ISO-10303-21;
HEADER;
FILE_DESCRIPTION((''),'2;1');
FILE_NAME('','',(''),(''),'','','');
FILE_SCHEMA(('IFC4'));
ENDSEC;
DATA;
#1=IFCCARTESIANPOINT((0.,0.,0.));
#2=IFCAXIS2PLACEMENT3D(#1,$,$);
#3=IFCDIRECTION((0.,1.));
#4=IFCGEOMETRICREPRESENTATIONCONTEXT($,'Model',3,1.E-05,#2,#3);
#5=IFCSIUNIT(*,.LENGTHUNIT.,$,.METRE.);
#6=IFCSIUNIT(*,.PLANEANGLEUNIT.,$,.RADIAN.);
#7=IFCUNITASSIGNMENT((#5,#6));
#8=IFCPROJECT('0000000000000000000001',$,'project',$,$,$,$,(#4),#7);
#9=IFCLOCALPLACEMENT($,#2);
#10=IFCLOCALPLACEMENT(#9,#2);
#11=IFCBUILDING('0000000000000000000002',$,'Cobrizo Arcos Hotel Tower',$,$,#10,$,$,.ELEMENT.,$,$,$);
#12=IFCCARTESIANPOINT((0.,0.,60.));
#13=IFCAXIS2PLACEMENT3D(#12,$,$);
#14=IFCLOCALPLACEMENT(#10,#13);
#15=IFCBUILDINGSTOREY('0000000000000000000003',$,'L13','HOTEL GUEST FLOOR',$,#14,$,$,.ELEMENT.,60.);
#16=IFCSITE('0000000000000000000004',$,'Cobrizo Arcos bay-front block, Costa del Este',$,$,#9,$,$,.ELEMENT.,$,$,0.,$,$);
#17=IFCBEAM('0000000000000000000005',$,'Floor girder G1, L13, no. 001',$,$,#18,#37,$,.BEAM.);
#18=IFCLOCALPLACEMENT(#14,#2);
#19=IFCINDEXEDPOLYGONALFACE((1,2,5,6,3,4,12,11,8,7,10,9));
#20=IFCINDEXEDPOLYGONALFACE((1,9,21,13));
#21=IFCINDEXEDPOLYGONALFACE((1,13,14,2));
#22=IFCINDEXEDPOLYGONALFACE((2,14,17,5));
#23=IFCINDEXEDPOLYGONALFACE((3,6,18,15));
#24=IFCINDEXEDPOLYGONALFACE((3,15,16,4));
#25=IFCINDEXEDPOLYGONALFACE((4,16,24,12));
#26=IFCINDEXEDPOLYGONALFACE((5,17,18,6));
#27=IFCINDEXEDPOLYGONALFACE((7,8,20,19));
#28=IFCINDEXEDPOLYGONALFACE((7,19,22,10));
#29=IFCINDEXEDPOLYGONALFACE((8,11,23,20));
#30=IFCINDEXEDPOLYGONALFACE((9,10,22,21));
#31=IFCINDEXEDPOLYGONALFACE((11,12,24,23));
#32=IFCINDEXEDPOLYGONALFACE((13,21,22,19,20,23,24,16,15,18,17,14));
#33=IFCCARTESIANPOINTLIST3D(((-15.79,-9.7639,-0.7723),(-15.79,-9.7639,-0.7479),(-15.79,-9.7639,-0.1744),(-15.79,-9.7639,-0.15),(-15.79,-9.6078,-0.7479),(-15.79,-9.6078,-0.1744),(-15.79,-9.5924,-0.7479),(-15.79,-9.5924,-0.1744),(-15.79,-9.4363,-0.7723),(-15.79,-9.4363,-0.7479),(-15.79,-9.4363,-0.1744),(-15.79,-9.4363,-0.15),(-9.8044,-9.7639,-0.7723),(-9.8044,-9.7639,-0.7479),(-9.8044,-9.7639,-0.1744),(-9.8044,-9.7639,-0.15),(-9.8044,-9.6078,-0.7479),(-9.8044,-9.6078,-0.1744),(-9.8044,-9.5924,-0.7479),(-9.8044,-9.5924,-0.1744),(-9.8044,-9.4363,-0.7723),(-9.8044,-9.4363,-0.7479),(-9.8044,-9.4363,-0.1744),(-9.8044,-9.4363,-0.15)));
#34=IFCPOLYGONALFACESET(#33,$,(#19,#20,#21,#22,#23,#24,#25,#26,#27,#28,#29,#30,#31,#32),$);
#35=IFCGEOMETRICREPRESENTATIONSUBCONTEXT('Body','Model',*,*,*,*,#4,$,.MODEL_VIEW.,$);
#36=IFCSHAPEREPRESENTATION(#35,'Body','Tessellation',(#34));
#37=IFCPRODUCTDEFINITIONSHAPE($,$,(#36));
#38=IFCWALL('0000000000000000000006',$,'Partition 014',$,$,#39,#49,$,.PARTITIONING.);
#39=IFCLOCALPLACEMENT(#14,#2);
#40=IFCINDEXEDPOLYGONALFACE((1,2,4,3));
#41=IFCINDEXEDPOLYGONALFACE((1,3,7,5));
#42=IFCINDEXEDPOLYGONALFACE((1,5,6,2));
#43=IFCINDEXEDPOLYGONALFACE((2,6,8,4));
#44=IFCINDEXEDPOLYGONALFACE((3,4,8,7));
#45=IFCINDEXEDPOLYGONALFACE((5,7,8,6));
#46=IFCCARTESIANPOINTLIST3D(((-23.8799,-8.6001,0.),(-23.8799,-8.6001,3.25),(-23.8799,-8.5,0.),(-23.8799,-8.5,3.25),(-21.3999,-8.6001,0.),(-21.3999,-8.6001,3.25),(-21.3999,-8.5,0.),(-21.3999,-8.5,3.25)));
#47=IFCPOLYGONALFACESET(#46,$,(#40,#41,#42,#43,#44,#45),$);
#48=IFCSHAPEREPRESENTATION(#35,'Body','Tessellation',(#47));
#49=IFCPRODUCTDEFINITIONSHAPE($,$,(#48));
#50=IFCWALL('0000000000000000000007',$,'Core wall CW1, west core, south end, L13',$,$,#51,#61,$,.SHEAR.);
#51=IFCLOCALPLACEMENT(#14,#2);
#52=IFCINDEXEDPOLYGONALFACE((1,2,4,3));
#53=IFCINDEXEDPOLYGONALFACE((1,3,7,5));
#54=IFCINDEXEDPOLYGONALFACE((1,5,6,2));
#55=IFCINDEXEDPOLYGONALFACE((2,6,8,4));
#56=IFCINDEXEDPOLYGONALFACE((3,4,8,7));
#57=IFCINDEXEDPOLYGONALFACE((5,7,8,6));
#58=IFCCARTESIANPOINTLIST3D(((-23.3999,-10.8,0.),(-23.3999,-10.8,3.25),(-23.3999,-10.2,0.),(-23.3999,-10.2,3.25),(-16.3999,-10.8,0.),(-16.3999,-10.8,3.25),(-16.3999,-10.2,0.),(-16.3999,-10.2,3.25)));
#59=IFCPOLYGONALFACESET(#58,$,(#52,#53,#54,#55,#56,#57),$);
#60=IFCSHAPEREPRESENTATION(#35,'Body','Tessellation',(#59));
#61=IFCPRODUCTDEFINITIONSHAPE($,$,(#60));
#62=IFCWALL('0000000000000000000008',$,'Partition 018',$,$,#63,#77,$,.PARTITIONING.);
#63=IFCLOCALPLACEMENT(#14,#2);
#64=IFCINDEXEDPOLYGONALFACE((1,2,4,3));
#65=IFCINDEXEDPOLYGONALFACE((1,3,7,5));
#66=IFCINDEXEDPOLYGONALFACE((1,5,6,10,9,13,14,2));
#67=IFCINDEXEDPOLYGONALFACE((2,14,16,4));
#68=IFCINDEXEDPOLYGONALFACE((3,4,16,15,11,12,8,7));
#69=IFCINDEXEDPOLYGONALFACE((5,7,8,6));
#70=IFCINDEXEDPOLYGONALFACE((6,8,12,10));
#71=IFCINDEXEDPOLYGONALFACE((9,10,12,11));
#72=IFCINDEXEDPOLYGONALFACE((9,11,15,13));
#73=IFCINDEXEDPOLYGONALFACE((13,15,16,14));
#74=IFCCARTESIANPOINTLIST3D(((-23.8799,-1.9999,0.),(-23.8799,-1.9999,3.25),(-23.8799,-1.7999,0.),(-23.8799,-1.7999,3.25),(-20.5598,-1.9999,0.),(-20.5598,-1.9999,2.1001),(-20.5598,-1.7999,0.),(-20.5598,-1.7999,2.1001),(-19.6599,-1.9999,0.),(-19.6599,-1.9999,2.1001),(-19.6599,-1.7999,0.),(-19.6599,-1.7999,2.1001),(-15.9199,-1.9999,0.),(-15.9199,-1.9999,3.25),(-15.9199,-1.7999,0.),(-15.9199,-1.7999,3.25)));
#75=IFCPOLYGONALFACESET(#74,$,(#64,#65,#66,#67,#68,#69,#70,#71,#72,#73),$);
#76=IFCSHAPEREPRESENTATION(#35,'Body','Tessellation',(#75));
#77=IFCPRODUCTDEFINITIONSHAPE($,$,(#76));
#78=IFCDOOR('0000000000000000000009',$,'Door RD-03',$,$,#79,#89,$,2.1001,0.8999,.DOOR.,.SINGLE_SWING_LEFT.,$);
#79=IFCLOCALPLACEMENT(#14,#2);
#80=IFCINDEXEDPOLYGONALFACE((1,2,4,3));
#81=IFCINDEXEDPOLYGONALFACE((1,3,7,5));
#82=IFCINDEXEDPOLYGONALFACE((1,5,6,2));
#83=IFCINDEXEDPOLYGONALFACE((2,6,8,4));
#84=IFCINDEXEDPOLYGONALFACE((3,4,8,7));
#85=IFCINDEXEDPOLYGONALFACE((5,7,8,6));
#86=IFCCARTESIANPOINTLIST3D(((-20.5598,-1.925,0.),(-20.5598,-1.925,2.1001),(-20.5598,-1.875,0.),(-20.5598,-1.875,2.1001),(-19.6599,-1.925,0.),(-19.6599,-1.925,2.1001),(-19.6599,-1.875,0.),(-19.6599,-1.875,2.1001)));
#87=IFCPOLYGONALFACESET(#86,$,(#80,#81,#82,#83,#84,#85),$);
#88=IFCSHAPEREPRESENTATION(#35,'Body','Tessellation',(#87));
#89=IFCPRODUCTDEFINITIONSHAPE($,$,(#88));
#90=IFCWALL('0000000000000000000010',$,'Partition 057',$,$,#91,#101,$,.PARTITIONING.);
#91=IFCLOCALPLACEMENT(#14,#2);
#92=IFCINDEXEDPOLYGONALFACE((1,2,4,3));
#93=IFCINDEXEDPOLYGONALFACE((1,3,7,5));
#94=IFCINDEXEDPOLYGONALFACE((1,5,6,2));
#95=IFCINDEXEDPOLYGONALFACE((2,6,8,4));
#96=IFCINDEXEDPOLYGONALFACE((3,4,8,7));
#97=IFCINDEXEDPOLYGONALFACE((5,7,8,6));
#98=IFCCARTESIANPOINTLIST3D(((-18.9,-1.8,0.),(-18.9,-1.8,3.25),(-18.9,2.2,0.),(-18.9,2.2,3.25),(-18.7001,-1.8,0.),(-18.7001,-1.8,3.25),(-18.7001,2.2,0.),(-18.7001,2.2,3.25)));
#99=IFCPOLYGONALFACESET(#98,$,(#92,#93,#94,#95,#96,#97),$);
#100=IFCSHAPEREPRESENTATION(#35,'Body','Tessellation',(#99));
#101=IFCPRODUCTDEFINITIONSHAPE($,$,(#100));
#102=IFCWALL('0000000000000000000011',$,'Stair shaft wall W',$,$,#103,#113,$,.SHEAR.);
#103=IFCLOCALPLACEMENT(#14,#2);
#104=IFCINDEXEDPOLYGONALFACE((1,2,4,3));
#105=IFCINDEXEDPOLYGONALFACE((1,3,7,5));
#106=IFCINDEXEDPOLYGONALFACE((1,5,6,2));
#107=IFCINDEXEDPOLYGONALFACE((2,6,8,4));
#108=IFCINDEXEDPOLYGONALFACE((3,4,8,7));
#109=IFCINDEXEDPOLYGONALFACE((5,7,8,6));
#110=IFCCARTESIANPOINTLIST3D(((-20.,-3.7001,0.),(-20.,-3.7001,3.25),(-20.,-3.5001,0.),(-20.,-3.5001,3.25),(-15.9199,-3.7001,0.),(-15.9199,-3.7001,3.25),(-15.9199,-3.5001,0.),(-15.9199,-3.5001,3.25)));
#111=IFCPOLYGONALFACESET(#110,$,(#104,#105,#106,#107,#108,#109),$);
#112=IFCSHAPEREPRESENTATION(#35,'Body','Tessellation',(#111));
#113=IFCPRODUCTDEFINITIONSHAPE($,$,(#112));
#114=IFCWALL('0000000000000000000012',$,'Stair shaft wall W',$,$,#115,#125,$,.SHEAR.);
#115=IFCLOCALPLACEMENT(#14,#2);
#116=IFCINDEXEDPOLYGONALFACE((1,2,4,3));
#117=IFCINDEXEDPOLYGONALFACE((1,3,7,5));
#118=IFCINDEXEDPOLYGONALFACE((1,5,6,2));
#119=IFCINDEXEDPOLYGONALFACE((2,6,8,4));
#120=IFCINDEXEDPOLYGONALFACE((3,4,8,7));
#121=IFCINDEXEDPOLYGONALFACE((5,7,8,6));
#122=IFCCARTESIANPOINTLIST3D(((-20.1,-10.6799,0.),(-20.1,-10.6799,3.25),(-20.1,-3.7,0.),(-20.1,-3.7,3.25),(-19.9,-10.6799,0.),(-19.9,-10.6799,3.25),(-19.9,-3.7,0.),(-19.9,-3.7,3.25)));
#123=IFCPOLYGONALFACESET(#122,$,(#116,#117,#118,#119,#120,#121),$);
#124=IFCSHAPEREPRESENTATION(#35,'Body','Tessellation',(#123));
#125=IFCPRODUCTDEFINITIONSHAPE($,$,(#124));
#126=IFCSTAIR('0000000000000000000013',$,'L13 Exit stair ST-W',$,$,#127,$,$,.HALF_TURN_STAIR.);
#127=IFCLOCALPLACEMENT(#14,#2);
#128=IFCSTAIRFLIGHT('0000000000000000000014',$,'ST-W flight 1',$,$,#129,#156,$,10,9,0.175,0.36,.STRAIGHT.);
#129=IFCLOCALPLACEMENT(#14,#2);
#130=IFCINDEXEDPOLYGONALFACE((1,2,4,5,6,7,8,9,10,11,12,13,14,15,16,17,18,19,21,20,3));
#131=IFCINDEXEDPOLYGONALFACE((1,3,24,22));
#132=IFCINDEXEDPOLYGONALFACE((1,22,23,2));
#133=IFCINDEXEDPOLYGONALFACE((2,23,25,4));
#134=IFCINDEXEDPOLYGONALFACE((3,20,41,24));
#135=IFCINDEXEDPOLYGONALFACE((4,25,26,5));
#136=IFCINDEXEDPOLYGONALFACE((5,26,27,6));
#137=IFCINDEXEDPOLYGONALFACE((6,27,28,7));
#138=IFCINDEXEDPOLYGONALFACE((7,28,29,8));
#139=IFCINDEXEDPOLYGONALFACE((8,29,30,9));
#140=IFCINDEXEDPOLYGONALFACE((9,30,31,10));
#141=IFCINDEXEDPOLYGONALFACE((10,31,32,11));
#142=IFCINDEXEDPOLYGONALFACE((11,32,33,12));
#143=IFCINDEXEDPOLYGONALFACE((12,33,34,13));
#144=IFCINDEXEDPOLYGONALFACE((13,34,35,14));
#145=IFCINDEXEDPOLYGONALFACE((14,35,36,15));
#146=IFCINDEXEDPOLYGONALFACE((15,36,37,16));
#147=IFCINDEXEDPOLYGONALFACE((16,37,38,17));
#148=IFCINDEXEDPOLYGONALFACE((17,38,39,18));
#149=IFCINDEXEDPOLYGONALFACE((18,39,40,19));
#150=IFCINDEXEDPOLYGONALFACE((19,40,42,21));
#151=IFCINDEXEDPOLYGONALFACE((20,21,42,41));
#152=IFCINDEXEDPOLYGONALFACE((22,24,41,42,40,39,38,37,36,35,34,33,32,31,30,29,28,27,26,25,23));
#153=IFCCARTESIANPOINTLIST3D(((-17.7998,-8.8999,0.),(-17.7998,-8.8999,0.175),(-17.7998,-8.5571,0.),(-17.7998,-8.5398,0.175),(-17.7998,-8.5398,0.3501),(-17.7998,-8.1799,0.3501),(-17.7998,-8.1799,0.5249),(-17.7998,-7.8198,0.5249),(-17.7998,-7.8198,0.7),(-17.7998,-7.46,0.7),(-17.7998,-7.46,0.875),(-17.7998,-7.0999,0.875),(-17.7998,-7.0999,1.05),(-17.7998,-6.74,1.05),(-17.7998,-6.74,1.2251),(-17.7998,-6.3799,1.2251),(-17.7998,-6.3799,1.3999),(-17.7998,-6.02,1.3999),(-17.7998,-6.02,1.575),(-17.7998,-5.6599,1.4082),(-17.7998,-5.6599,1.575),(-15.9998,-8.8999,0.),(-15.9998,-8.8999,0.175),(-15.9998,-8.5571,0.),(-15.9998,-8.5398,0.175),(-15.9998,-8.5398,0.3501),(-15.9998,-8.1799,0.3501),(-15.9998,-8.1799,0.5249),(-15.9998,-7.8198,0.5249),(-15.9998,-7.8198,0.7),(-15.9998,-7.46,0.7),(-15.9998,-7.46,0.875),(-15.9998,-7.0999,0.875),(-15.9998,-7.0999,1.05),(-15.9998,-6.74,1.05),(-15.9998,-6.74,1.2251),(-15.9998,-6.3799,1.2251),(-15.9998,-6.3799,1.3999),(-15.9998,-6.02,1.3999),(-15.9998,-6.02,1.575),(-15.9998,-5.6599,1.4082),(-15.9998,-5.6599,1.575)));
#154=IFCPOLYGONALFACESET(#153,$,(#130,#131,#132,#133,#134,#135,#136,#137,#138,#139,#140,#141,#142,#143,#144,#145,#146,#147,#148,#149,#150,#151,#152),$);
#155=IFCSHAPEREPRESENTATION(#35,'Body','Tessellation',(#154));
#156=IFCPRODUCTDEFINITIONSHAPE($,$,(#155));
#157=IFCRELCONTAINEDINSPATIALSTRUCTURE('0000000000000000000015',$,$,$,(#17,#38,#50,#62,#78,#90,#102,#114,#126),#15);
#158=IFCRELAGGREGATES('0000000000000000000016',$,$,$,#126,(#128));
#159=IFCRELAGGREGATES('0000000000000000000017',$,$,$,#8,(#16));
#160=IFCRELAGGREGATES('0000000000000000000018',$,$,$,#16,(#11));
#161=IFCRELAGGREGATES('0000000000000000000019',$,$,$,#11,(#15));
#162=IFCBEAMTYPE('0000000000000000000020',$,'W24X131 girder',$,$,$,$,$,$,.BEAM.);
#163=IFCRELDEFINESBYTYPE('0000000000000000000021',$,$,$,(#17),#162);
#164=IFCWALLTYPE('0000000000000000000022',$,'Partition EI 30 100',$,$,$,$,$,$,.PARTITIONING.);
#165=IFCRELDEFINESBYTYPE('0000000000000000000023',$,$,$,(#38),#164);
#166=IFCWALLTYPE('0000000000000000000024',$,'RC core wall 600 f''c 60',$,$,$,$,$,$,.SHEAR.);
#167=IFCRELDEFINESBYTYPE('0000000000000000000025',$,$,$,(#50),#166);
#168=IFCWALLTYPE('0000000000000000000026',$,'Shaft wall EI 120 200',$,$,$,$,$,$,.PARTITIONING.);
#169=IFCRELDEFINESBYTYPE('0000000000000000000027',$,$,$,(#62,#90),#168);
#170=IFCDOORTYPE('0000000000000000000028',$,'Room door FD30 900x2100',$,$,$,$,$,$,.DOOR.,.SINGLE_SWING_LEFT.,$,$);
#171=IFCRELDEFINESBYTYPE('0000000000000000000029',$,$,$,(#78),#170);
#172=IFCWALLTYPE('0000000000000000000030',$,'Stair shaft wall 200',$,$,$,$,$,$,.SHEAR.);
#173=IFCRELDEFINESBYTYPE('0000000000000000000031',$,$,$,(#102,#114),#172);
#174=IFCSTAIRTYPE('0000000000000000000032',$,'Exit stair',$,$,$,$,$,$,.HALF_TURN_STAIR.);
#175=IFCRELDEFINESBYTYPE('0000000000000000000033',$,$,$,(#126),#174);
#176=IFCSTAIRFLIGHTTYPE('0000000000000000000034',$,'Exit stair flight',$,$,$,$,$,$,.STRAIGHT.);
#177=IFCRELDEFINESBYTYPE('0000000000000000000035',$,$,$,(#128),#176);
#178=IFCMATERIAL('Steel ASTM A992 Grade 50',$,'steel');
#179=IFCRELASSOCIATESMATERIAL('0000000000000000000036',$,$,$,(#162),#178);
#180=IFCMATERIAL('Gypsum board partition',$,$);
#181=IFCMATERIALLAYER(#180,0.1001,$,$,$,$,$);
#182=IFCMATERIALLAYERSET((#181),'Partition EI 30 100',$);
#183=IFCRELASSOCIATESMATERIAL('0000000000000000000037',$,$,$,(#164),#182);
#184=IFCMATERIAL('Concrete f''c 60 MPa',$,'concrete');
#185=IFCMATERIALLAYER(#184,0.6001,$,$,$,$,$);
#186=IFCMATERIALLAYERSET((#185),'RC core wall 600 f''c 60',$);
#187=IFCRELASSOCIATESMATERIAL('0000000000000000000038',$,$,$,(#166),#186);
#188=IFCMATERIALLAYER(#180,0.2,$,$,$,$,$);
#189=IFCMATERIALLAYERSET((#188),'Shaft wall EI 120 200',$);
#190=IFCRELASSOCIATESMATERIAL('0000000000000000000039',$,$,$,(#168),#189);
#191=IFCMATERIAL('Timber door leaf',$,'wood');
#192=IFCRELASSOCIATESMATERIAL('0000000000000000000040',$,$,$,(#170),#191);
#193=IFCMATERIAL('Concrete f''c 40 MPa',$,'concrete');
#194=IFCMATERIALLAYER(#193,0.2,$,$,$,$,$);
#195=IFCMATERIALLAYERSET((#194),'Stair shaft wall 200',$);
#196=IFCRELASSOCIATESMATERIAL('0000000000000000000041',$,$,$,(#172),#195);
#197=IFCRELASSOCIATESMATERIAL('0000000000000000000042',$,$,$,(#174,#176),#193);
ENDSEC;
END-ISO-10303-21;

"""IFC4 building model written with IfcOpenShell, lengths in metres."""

from ifc_helpers import new_model, si_unit, direction, frame, frame_2d, origin, origin_2d, place, context, subcontext, project, spatial, polyline, rectangle, i_section, outline, extrude, material, layer, layer_set, material_profile, profile_set, type_object, element, fill, aggregate, save


model = new_model("IFC4")

# Units and contexts
model_context = context("Model", 3, precision=1e-05, world=origin(), true_north=direction((0.0, 1.0)))
body_context = subcontext(model_context, "Body", "Model", "MODEL_VIEW")
ifc_project = project(units=[si_unit("LENGTHUNIT", "METRE"), si_unit("PLANEANGLEUNIT", "RADIAN")], contexts=[model_context])

# Site, building, storey
site_placement = place(None, origin())
site = spatial("IfcSite", under=ifc_project, at=site_placement, Name="Cobrizo Arcos bay-front block, Costa del Este", CompositionType="ELEMENT", RefElevation=0.0)
building_placement = place(site_placement, origin())
building = spatial("IfcBuilding", under=site, at=building_placement, Name="Cobrizo Arcos Hotel Tower", CompositionType="ELEMENT")
storey_placement = place(building_placement, frame((0.0, 0.0, 60.0)))
storey = spatial("IfcBuildingStorey", under=building, at=storey_placement, Name="L13", Description="HOTEL GUEST FLOOR", CompositionType="ELEMENT", Elevation=60.0)

# Beam
ifc_material_1 = material(Name="Steel ASTM A992 Grade 50", Category="steel")
ifc_material_profile = material_profile(ifc_material_1, i_section(OverallWidth=0.3276, OverallDepth=0.6223, WebThickness=0.0154, FlangeThickness=0.0244, at=origin_2d()), Name="W24X131")
ifc_profile_set = profile_set([ifc_material_profile], Name="Steel ASTM A992 Grade 50")
beam_type = type_object("IfcBeamType", Name="W24X131 girder", PredefinedType="BEAM", material=ifc_profile_set)
beam_placement = place(storey_placement, frame((-15.79, -9.6001, -0.4612), z_axis=(1.0, 0.0, 0.0), x_axis=(0.0, 1.0, 0.0)))
element("IfcBeam", 1, at=beam_placement, inside=storey, type_object=beam_type, Name="Floor girder G1, L13, no. 001", PredefinedType="BEAM", context=body_context, shape_type="SweptSolid", body=[
    extrude(i_section(OverallWidth=0.3276, OverallDepth=0.6223, WebThickness=0.0154, FlangeThickness=0.0244, at=origin_2d()), origin(), (0.0, 0.0, 1.0), 5.9856),
])

# Walls
ifc_material_2 = material(Name="Gypsum board partition")
ifc_layer_1 = layer(ifc_material_2, 0.1001)
ifc_layer_set_1 = layer_set([ifc_layer_1], Name="Partition EI 30 100")
wall_type_1 = type_object("IfcWallType", Name="Partition EI 30 100", PredefinedType="PARTITIONING", material=ifc_layer_set_1)
wall_1_placement = place(storey_placement, frame((-23.8799, -8.55, 0.0), z_axis=(0.0, 0.0, 1.0), x_axis=(1.0, 0.0, 0.0)))
element("IfcWall", 2, at=wall_1_placement, inside=storey, type_object=wall_type_1, Name="Partition 014", PredefinedType="PARTITIONING", context=body_context, shape_type="SweptSolid", body=[
    extrude(rectangle(XDim=2.48, YDim=0.1001, at=frame_2d((1.24, 0.0))), origin(), (0.0, 0.0, 1.0), 3.25),
])
ifc_material_3 = material(Name="Concrete f'c 60 MPa", Category="concrete")
ifc_layer_2 = layer(ifc_material_3, 0.6001)
ifc_layer_set_2 = layer_set([ifc_layer_2], Name="RC core wall 600 f'c 60")
wall_type_2 = type_object("IfcWallType", Name="RC core wall 600 f'c 60", PredefinedType="SHEAR", material=ifc_layer_set_2)
wall_2_placement = place(storey_placement, frame((-23.3999, -10.5, 0.0), z_axis=(0.0, 0.0, 1.0), x_axis=(1.0, 0.0, 0.0)))
element("IfcWall", 3, at=wall_2_placement, inside=storey, type_object=wall_type_2, Name="Core wall CW1, west core, south end, L13", PredefinedType="SHEAR", context=body_context, shape_type="SweptSolid", body=[
    extrude(rectangle(XDim=7.0, YDim=0.6001, at=frame_2d((3.5, 0.0))), origin(), (0.0, 0.0, 1.0), 3.25),
])

# Wall, opening, door
ifc_layer_3 = layer(ifc_material_2, 0.2)
ifc_layer_set_3 = layer_set([ifc_layer_3], Name="Shaft wall EI 120 200")
wall_type_3 = type_object("IfcWallType", Name="Shaft wall EI 120 200", PredefinedType="PARTITIONING", material=ifc_layer_set_3)
wall_3_placement = place(storey_placement, frame((-23.8799, -1.8999, 0.0), z_axis=(0.0, 0.0, 1.0), x_axis=(1.0, 0.0, 0.0)))
wall_3 = element("IfcWall", 4, at=wall_3_placement, inside=storey, type_object=wall_type_3, Name="Partition 018", PredefinedType="PARTITIONING", context=body_context, shape_type="SweptSolid", body=[
    extrude(rectangle(XDim=7.96, YDim=0.2, at=frame_2d((3.98, 0.0))), origin(), (0.0, 0.0, 1.0), 3.25),
])
opening_placement = place(wall_3_placement, frame((3.3201, 0.0, 0.0)))
opening = element("IfcOpeningElement", 5, at=opening_placement, cuts=wall_3, PredefinedType="OPENING", context=body_context, shape_type="SweptSolid", body=[
    extrude(rectangle(XDim=0.8999, YDim=2.1001, at=frame_2d((0.45, 1.05))), frame((0.0, 0.1121, 0.0), z_axis=(0.0, -1.0, 0.0), x_axis=(1.0, 0.0, 0.0)), (0.0, 0.0, 1.0), 0.2239),
])
ifc_material_4 = material(Name="Timber door leaf", Category="wood")
door_type = type_object("IfcDoorType", Name="Room door FD30 900x2100", OperationType="SINGLE_SWING_LEFT", PredefinedType="DOOR", material=ifc_material_4)
door_placement = place(opening_placement, origin())
door = element("IfcDoor", 6, at=door_placement, inside=storey, type_object=door_type, Name="Door RD-03", OperationType="SINGLE_SWING_LEFT", OverallHeight=2.1001, OverallWidth=0.8999, PredefinedType="DOOR", context=body_context, shape_type="SweptSolid", body=[
    extrude(rectangle(XDim=0.8999, YDim=2.1001, at=frame_2d((0.45, 1.05))), frame((0.0, 0.0249, 0.0), z_axis=(0.0, -1.0, 0.0), x_axis=(1.0, 0.0, 0.0)), (0.0, 0.0, 1.0), 0.05),
])
fill(opening, door)

# Walls
wall_4_placement = place(storey_placement, frame((-18.8, -1.8, 0.0), z_axis=(0.0, 0.0, 1.0), x_axis=(0.0, 1.0, 0.0)))
element("IfcWall", 7, at=wall_4_placement, inside=storey, type_object=wall_type_3, Name="Partition 057", PredefinedType="PARTITIONING", context=body_context, shape_type="SweptSolid", body=[
    extrude(rectangle(XDim=4.0, YDim=0.2, at=frame_2d((2.0, 0.0))), origin(), (0.0, 0.0, 1.0), 3.25),
])
ifc_material_5 = material(Name="Concrete f'c 40 MPa", Category="concrete")
ifc_layer_4 = layer(ifc_material_5, 0.2)
ifc_layer_set_4 = layer_set([ifc_layer_4], Name="Stair shaft wall 200")
wall_type_4 = type_object("IfcWallType", Name="Stair shaft wall 200", PredefinedType="SHEAR", material=ifc_layer_set_4)
wall_5_placement = place(storey_placement, frame((-20.0, -3.6001, 0.0), z_axis=(0.0, 0.0, 1.0), x_axis=(1.0, 0.0, 0.0)))
element("IfcWall", 8, at=wall_5_placement, inside=storey, type_object=wall_type_4, Name="Stair shaft wall W", PredefinedType="SHEAR", context=body_context, shape_type="SweptSolid", body=[
    extrude(rectangle(XDim=4.0801, YDim=0.2, at=frame_2d((2.04, 0.0))), origin(), (0.0, 0.0, 1.0), 3.25),
])
wall_6_placement = place(storey_placement, frame((-20.0, -10.6799, 0.0), z_axis=(0.0, 0.0, 1.0), x_axis=(0.0, 1.0, 0.0)))
element("IfcWall", 9, at=wall_6_placement, inside=storey, type_object=wall_type_4, Name="Stair shaft wall W", PredefinedType="SHEAR", context=body_context, shape_type="SweptSolid", body=[
    extrude(rectangle(XDim=6.98, YDim=0.2, at=frame_2d((3.49, 0.0))), origin(), (0.0, 0.0, 1.0), 3.25),
])

# Stair, stair flight
stair_type = type_object("IfcStairType", Name="Exit stair", PredefinedType="HALF_TURN_STAIR", material=ifc_material_5)
stair_placement = place(storey_placement, origin())
stair = element("IfcStair", 10, at=stair_placement, inside=storey, type_object=stair_type, Name="L13 Exit stair ST-W", PredefinedType="HALF_TURN_STAIR")
stair_flight_type = type_object("IfcStairFlightType", Name="Exit stair flight", PredefinedType="STRAIGHT", material=ifc_material_5)
stair_flight_1_placement = place(storey_placement, frame((-16.8999, -8.8999, 0.0), z_axis=(0.0, 0.0, 1.0), x_axis=(0.0, 1.0, 0.0)))
stair_flight_1 = element("IfcStairFlight", 11, at=stair_flight_1_placement, type_object=stair_flight_type, Name="ST-W flight 1", NumberOfRisers=10, NumberOfTreads=9, PredefinedType="STRAIGHT", RiserHeight=0.175, TreadLength=0.36, context=body_context, shape_type="SweptSolid", body=[
    extrude(outline(polyline([(0.0, 0.0), (0.0, 0.175), (0.3601, 0.175), (0.3601, 0.3501), (0.72, 0.3501), (0.72, 0.5249), (1.0801, 0.5249), (1.0801, 0.7), (1.4399, 0.7), (1.4399, 0.875), (1.8, 0.875), (1.8, 1.05), (2.1599, 1.05), (2.1599, 1.2251), (2.52, 1.2251), (2.52, 1.3999), (2.8799, 1.3999), (2.8799, 1.575), (3.24, 1.575), (3.24, 1.75), (3.24, 1.4082), (0.3428, 0.0), (0.0, 0.0)])), frame((0.0, 0.8999, 0.0), z_axis=(0.0, -1.0, 0.0), x_axis=(1.0, 0.0, 0.0)), (0.0, 0.0, 1.0), 1.8),
])
aggregate(stair, [stair_flight_1])

save(model, "model.ifc")
